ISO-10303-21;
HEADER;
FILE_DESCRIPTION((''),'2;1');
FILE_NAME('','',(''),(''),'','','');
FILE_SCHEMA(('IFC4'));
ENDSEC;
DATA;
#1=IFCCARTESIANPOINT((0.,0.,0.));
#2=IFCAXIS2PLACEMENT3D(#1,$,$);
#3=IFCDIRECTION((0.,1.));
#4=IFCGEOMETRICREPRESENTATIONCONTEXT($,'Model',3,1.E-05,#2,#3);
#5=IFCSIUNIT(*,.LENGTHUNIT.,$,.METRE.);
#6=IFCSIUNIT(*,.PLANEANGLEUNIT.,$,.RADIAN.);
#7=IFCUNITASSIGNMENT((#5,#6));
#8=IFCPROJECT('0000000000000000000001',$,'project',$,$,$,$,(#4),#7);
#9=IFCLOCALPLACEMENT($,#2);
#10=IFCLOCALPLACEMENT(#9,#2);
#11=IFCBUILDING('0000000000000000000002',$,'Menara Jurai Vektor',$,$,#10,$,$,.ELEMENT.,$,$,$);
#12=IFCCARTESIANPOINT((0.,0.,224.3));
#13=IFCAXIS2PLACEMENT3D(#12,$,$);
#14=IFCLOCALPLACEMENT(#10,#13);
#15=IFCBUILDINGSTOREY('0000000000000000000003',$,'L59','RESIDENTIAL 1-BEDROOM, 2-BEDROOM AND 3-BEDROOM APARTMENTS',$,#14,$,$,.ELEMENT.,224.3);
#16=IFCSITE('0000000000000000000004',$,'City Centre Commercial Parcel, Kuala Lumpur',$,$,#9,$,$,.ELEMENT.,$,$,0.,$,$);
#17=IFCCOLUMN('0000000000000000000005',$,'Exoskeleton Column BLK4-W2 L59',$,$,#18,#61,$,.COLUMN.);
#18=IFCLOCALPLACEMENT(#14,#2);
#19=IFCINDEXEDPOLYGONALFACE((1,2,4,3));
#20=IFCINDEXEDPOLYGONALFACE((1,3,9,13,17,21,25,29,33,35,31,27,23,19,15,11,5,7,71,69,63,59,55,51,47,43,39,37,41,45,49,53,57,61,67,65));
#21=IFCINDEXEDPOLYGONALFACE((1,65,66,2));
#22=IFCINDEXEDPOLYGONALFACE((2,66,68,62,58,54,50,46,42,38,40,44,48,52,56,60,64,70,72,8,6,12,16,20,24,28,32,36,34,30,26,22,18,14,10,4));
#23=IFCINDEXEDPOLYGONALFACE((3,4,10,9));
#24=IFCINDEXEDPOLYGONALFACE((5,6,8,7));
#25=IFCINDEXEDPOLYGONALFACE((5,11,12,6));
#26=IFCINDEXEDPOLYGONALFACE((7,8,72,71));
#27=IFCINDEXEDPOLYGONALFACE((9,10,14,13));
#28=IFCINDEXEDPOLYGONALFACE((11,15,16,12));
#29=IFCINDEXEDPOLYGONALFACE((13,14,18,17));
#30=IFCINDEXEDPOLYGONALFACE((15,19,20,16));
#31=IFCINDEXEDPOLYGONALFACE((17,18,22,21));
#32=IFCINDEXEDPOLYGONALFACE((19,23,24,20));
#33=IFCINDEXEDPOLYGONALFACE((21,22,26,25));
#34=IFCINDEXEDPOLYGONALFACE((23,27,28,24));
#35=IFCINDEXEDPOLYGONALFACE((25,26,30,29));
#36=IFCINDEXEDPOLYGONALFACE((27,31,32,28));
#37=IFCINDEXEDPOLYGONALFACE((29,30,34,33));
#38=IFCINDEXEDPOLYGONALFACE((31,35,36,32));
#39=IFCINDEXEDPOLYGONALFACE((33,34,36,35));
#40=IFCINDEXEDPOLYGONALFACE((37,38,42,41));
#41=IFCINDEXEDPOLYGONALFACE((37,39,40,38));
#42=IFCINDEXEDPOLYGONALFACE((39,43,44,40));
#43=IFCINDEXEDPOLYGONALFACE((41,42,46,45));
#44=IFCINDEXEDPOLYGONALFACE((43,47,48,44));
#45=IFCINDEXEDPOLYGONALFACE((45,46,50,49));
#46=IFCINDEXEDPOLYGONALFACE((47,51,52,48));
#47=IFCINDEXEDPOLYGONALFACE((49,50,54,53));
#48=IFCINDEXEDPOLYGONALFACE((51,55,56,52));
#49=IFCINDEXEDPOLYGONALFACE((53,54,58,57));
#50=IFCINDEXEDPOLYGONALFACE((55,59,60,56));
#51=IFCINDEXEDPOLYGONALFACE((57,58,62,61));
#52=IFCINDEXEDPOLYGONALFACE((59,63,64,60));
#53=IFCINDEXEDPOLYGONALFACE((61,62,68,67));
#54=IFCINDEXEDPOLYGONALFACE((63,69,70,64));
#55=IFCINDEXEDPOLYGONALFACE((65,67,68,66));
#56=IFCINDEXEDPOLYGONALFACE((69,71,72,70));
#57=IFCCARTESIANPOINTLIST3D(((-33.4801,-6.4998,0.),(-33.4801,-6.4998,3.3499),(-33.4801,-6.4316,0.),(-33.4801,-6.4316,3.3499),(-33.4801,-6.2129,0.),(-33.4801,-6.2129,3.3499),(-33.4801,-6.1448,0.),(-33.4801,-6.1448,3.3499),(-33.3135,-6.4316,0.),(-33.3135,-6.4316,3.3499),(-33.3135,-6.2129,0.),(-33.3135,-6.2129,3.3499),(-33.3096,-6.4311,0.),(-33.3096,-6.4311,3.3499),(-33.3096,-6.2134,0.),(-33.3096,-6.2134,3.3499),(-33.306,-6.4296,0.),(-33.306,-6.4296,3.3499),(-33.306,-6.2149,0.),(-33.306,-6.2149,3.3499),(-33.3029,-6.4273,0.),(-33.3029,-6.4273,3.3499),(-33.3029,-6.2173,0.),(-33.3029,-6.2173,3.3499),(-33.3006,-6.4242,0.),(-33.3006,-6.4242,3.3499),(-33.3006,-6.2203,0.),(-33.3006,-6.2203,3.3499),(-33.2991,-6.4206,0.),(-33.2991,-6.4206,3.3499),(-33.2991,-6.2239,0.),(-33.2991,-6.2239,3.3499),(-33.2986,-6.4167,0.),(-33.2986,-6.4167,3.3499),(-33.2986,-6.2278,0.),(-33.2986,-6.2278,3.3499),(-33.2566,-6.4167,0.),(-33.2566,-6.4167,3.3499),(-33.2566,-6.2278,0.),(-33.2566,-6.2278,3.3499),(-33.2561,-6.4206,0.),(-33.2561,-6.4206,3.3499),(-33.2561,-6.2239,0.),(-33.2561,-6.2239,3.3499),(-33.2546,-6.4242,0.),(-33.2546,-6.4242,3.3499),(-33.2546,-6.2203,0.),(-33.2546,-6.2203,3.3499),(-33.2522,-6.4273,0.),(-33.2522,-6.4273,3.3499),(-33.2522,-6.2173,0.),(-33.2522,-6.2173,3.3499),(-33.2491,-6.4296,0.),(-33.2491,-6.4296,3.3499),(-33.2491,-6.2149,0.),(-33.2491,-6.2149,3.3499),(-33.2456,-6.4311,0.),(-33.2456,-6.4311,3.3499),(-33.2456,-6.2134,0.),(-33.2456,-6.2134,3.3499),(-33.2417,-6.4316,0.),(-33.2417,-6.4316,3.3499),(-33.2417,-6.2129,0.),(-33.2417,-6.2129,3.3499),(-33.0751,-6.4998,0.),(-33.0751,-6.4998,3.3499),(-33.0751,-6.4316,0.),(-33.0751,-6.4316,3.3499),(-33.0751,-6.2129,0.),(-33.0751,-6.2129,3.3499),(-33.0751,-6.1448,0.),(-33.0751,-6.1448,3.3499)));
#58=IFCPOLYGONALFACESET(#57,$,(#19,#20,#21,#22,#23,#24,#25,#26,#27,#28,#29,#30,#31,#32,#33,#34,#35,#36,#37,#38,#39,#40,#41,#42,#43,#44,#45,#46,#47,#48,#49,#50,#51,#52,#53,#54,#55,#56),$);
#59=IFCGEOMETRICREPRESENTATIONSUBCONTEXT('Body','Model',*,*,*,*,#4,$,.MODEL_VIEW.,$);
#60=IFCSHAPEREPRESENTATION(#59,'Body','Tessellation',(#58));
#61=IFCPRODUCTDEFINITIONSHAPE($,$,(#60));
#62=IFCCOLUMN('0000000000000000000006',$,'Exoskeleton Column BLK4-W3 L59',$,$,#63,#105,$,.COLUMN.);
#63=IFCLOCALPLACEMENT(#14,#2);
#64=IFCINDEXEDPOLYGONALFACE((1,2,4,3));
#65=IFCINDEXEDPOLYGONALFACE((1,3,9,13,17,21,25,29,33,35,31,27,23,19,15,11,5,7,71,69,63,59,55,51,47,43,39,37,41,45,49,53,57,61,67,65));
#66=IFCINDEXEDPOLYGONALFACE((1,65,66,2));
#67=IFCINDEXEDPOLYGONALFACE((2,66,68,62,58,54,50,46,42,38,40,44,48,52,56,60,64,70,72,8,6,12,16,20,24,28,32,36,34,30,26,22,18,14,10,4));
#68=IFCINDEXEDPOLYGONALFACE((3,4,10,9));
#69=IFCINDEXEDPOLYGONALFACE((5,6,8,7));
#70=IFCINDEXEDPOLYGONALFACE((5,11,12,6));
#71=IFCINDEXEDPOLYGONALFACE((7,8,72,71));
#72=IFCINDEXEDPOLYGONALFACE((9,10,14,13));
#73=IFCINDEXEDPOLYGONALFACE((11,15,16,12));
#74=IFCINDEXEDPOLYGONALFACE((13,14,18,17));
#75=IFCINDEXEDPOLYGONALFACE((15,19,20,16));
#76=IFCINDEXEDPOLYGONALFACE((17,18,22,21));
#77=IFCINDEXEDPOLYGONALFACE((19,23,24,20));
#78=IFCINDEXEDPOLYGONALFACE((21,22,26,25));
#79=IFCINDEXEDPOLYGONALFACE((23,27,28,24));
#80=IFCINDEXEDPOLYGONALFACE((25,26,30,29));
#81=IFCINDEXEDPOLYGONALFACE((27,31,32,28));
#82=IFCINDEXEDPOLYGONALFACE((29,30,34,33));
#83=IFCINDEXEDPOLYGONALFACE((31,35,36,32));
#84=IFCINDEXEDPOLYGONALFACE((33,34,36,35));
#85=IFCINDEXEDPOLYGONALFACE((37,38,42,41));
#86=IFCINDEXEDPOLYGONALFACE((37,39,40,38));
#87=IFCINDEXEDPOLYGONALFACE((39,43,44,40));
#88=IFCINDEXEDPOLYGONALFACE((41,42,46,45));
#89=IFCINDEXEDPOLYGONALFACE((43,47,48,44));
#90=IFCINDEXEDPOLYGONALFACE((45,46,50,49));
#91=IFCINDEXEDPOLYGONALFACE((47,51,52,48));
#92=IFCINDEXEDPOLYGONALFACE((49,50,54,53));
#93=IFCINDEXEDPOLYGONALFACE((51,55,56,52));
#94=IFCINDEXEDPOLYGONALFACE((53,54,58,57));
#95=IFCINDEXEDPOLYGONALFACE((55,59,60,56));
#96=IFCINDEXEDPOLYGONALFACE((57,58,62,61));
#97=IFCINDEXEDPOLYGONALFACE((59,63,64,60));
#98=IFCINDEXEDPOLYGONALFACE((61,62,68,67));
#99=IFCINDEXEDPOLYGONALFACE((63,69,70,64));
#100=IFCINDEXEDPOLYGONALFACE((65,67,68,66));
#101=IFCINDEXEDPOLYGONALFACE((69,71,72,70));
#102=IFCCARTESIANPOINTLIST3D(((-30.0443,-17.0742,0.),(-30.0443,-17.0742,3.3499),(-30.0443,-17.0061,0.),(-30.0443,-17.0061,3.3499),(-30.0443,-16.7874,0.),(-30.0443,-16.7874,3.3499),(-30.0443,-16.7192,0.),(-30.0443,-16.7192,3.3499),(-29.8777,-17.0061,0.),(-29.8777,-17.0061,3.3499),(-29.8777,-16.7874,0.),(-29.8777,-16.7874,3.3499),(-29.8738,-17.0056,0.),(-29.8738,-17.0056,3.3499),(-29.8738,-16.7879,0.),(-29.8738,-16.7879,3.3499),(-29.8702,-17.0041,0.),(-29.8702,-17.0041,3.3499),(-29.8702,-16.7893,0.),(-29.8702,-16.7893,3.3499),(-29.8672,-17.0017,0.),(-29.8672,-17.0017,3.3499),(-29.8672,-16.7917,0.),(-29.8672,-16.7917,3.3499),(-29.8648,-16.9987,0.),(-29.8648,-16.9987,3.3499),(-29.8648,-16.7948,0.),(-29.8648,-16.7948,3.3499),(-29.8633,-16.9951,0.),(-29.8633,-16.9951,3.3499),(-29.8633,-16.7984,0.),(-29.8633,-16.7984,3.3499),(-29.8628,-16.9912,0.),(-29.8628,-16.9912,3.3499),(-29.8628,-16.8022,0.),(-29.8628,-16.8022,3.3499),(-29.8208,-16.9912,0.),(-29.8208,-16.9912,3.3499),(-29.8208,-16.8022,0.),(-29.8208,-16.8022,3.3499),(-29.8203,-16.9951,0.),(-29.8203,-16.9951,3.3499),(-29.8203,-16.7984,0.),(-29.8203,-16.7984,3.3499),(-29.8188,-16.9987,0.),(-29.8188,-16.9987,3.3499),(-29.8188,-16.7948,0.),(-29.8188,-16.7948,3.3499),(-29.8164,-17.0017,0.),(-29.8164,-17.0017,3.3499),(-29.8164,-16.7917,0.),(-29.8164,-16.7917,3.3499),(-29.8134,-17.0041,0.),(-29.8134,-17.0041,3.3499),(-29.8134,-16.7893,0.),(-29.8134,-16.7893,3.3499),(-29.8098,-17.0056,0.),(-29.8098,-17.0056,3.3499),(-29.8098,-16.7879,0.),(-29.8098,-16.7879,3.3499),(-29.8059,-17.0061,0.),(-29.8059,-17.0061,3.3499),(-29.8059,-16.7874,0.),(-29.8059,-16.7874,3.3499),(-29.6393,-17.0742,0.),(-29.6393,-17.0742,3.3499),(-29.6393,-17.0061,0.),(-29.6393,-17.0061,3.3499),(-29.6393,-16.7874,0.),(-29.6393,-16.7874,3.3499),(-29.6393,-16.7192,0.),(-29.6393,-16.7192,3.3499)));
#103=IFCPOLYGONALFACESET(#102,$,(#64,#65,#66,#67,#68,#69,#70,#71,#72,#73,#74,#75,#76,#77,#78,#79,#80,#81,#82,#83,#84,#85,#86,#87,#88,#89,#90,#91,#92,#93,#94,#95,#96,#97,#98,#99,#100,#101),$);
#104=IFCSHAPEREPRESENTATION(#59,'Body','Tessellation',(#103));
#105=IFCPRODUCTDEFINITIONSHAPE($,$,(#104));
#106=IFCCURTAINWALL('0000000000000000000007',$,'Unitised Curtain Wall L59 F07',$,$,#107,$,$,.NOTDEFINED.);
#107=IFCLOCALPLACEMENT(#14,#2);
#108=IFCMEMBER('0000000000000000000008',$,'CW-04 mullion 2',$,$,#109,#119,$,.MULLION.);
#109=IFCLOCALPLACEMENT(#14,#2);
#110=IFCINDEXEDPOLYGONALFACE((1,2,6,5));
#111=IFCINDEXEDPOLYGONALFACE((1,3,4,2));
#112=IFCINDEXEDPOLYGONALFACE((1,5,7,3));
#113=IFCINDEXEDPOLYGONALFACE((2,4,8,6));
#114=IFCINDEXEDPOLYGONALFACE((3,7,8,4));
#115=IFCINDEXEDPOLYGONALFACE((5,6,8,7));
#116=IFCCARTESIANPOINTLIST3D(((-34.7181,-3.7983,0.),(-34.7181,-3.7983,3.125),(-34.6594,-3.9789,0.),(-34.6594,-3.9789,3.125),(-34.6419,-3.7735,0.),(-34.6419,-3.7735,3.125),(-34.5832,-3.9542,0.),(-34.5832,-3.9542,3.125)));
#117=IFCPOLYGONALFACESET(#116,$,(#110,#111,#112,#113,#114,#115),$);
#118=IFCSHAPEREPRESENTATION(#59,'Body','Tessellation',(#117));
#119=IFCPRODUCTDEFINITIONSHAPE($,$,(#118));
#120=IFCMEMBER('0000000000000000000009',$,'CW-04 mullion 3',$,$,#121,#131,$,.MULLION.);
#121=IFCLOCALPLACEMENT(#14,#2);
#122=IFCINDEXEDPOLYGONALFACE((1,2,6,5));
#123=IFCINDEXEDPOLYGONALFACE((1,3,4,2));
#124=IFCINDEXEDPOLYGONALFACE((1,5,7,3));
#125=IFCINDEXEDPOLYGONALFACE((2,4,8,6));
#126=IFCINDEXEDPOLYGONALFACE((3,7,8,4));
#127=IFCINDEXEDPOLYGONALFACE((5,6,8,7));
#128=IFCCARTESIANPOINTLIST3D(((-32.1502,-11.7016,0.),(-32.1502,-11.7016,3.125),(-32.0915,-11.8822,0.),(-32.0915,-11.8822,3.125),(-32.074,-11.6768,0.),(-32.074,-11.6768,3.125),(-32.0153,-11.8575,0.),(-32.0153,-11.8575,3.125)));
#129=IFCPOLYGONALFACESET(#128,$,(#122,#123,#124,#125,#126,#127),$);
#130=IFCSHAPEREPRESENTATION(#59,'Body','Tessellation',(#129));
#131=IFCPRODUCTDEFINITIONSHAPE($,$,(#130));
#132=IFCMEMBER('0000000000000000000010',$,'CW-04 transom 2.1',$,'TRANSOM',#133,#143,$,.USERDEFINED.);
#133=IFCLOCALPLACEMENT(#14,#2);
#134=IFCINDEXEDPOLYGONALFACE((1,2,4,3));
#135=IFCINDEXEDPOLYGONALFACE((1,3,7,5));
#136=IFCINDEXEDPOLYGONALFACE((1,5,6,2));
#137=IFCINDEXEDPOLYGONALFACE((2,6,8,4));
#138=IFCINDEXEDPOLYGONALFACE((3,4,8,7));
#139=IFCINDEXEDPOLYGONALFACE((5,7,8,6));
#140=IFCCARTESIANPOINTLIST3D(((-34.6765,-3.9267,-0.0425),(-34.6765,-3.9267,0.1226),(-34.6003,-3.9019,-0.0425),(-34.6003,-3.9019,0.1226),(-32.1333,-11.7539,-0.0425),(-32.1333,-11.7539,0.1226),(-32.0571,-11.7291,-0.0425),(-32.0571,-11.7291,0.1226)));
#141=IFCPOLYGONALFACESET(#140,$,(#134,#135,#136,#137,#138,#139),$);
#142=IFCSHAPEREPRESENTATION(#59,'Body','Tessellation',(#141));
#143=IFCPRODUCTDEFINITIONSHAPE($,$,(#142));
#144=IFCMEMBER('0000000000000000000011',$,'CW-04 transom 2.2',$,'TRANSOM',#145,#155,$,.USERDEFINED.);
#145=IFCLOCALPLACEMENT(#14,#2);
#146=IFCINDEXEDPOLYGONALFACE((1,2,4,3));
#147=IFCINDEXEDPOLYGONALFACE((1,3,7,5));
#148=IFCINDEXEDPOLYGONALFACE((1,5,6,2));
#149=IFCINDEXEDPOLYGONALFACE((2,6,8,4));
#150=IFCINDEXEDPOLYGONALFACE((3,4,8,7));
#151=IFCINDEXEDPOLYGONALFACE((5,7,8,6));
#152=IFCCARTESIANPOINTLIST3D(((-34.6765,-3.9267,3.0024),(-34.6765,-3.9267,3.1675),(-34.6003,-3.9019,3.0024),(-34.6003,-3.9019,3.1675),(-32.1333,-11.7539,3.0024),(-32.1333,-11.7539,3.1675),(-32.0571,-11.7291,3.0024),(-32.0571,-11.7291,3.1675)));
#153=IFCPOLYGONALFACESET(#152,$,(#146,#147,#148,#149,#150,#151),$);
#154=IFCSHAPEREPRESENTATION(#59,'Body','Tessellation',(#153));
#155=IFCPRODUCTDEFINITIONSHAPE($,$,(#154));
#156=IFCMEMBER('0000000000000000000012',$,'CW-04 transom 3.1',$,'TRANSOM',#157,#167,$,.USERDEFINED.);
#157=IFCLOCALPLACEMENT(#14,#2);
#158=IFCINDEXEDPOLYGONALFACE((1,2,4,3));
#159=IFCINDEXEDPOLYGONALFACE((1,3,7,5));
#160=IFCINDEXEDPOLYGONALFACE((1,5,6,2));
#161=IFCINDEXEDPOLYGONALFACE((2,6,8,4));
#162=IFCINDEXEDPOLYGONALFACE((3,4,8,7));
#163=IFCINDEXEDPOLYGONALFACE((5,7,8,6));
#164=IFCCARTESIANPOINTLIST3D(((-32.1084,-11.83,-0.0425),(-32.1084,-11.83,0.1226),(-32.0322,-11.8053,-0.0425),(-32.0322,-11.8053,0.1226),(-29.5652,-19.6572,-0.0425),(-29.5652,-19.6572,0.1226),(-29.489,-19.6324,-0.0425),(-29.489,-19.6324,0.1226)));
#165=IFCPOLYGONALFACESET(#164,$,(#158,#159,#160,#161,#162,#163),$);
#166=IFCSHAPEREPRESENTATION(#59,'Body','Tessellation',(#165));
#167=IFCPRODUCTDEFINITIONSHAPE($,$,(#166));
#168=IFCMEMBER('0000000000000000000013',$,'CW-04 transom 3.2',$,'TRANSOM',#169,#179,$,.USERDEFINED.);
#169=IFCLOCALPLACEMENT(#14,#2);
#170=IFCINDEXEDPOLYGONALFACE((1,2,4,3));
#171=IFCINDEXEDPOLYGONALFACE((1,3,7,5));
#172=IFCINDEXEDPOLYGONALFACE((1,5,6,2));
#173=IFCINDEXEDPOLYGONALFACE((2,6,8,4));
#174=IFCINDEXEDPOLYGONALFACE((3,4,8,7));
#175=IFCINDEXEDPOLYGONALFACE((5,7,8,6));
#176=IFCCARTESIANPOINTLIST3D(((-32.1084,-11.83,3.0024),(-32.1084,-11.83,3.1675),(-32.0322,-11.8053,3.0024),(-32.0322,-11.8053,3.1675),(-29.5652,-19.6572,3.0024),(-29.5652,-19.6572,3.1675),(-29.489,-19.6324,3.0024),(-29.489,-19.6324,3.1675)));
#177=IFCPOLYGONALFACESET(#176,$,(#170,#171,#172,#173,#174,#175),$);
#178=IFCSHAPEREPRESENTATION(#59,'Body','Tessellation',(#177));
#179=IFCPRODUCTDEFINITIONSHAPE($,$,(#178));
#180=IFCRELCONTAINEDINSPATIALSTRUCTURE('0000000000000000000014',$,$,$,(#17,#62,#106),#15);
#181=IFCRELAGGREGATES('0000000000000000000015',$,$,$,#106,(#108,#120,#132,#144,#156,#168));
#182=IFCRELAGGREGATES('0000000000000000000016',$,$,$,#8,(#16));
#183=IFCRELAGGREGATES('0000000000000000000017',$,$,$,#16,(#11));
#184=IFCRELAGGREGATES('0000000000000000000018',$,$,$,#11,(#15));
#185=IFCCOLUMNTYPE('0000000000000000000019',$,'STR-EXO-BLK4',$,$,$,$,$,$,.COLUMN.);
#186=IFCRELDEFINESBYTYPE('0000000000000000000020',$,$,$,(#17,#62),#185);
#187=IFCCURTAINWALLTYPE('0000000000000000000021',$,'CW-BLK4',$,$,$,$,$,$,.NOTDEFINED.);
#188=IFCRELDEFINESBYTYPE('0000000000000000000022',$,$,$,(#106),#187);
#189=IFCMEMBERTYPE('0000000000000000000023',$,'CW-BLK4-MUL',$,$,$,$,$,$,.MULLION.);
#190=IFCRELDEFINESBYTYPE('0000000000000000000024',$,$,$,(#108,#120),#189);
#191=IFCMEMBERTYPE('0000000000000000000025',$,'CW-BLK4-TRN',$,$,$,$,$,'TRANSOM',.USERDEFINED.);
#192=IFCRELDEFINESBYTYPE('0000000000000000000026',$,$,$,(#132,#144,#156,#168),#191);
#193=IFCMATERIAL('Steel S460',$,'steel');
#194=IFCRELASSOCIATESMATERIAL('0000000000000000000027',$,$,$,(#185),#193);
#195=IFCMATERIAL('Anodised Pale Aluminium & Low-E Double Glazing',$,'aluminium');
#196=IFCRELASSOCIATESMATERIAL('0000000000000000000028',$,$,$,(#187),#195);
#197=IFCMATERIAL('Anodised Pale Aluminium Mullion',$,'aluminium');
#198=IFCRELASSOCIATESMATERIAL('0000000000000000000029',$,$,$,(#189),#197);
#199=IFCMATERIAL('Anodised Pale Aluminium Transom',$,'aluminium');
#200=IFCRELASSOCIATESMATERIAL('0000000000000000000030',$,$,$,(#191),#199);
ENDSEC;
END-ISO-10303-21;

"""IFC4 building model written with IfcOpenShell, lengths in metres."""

from ifc_helpers import new_model, si_unit, direction, frame, origin, origin_2d, place, context, subcontext, project, spatial, rectangle, i_section, extrude, material, material_profile, profile_set, type_object, element, aggregate, save


model = new_model("IFC4")

# Units and contexts
model_context = context("Model", 3, precision=1e-05, world=origin(), true_north=direction((0.0, 1.0)))
body_context = subcontext(model_context, "Body", "Model", "MODEL_VIEW")
ifc_project = project(units=[si_unit("LENGTHUNIT", "METRE"), si_unit("PLANEANGLEUNIT", "RADIAN")], contexts=[model_context])

# Site, building, storey
site_placement = place(None, origin())
site = spatial("IfcSite", under=ifc_project, at=site_placement, Name="City Centre Commercial Parcel, Kuala Lumpur", CompositionType="ELEMENT", RefElevation=0.0)
building_placement = place(site_placement, origin())
building = spatial("IfcBuilding", under=site, at=building_placement, Name="Menara Jurai Vektor", CompositionType="ELEMENT")
storey_placement = place(building_placement, frame((0.0, 0.0, 224.3)))
storey = spatial("IfcBuildingStorey", under=building, at=storey_placement, Name="L59", Description="RESIDENTIAL 1-BEDROOM, 2-BEDROOM AND 3-BEDROOM APARTMENTS", CompositionType="ELEMENT", Elevation=224.3)

# Columns
ifc_material_1 = material(Name="Steel S460", Category="steel")
ifc_material_profile_1 = material_profile(ifc_material_1, i_section(OverallWidth=0.405, OverallDepth=0.355, WebThickness=0.042, FlangeThickness=0.0681, FilletRadius=0.0149, at=origin_2d()), Name="HD 400x551")
ifc_profile_set_1 = profile_set([ifc_material_profile_1], Name="Steel S460")
column_type = type_object("IfcColumnType", Name="STR-EXO-BLK4", PredefinedType="COLUMN", material=ifc_profile_set_1)
for number, where, z_axis, x_axis, name in (
    (1, (-33.2776, -6.3223, 0.0), (0.0, 0.0, 1.0), (1.0, 0.0, 0.0), "Exoskeleton Column BLK4-W2 L59"),
    (2, (-29.8418, -16.8967, 0.0), (0.0, 0.0, 1.0), (1.0, 0.0, 0.0), "Exoskeleton Column BLK4-W3 L59"),
):
    element("IfcColumn", number, at=place(storey_placement, frame(where, z_axis=z_axis, x_axis=x_axis)), inside=storey, type_object=column_type, Name=name, PredefinedType="COLUMN", context=body_context, shape_type="SweptSolid", body=[
        extrude(i_section(OverallWidth=0.405, OverallDepth=0.355, WebThickness=0.042, FlangeThickness=0.0681, FilletRadius=0.0149, at=origin_2d()), origin(), (0.0, 0.0, 1.0), 3.3499),
    ])

# Curtain wall, members
ifc_material_2 = material(Name="Anodised Pale Aluminium & Low-E Double Glazing", Category="aluminium")
curtain_wall_type = type_object("IfcCurtainWallType", Name="CW-BLK4", PredefinedType="NOTDEFINED", material=ifc_material_2)
curtain_wall_placement = place(storey_placement, origin())
curtain_wall = element("IfcCurtainWall", 3, at=curtain_wall_placement, inside=storey, type_object=curtain_wall_type, Name="Unitised Curtain Wall L59 F07", PredefinedType="NOTDEFINED")
ifc_material_3 = material(Name="Anodised Pale Aluminium Mullion", Category="aluminium")
ifc_material_profile_2 = material_profile(ifc_material_3, rectangle(XDim=0.0801, YDim=0.1899, at=origin_2d()), Name="ALU MUL 80x190")
ifc_profile_set_2 = profile_set([ifc_material_profile_2], Name="Anodised Pale Aluminium Mullion")
member_type_1 = type_object("IfcMemberType", Name="CW-BLK4-MUL", PredefinedType="MULLION", material=ifc_profile_set_2)
member_1_placement = place(storey_placement, frame((-34.6506, -3.8762, 0.0), z_axis=(0.0, 0.0, 1.0), x_axis=(0.951057, 0.309016, 0.0)))
member_1 = element("IfcMember", 4, at=member_1_placement, type_object=member_type_1, Name="CW-04 mullion 2", PredefinedType="MULLION", context=body_context, shape_type="SweptSolid", body=[
    extrude(rectangle(XDim=0.0801, YDim=0.1899, at=origin_2d()), origin(), (0.0, 0.0, 1.0), 3.125),
])
member_2_placement = place(storey_placement, frame((-32.0828, -11.7795, 0.0), z_axis=(0.0, 0.0, 1.0), x_axis=(0.951057, 0.309016, 0.0)))
member_2 = element("IfcMember", 5, at=member_2_placement, type_object=member_type_1, Name="CW-04 mullion 3", PredefinedType="MULLION", context=body_context, shape_type="SweptSolid", body=[
    extrude(rectangle(XDim=0.0801, YDim=0.1899, at=origin_2d()), origin(), (0.0, 0.0, 1.0), 3.125),
])
ifc_material_4 = material(Name="Anodised Pale Aluminium Transom", Category="aluminium")
ifc_material_profile_3 = material_profile(ifc_material_4, rectangle(XDim=0.0801, YDim=0.165, at=origin_2d()), Name="ALU TRN 80x165")
ifc_profile_set_3 = profile_set([ifc_material_profile_3], Name="Anodised Pale Aluminium Transom")
member_type_2 = type_object("IfcMemberType", Name="CW-BLK4-TRN", ElementType="TRANSOM", PredefinedType="USERDEFINED", material=ifc_profile_set_3)
member_3_placement = place(storey_placement, frame((-34.6384, -3.9143, 0.04), z_axis=(0.309019, -0.951056, 0.0), x_axis=(0.951056, 0.309019, 0.0)))
member_3 = element("IfcMember", 6, at=member_3_placement, type_object=member_type_2, Name="CW-04 transom 2.1", ObjectType="TRANSOM", PredefinedType="USERDEFINED", context=body_context, shape_type="SweptSolid", body=[
    extrude(rectangle(XDim=0.0801, YDim=0.165, at=origin_2d()), origin(), (0.0, 0.0, 1.0), 8.23),
])
member_4_placement = place(storey_placement, frame((-34.6384, -3.9143, 3.085), z_axis=(0.309019, -0.951056, 0.0), x_axis=(0.951056, 0.309019, 0.0)))
member_4 = element("IfcMember", 7, at=member_4_placement, type_object=member_type_2, Name="CW-04 transom 2.2", ObjectType="TRANSOM", PredefinedType="USERDEFINED", context=body_context, shape_type="SweptSolid", body=[
    extrude(rectangle(XDim=0.0801, YDim=0.165, at=origin_2d()), origin(), (0.0, 0.0, 1.0), 8.23),
])
member_5_placement = place(storey_placement, frame((-32.0703, -11.8176, 0.04), z_axis=(0.309019, -0.951056, 0.0), x_axis=(0.951056, 0.309019, 0.0)))
member_5 = element("IfcMember", 8, at=member_5_placement, type_object=member_type_2, Name="CW-04 transom 3.1", ObjectType="TRANSOM", PredefinedType="USERDEFINED", context=body_context, shape_type="SweptSolid", body=[
    extrude(rectangle(XDim=0.0801, YDim=0.165, at=origin_2d()), origin(), (0.0, 0.0, 1.0), 8.23),
])
member_6_placement = place(storey_placement, frame((-32.0703, -11.8176, 3.085), z_axis=(0.309019, -0.951056, 0.0), x_axis=(0.951056, 0.309019, 0.0)))
member_6 = element("IfcMember", 9, at=member_6_placement, type_object=member_type_2, Name="CW-04 transom 3.2", ObjectType="TRANSOM", PredefinedType="USERDEFINED", context=body_context, shape_type="SweptSolid", body=[
    extrude(rectangle(XDim=0.0801, YDim=0.165, at=origin_2d()), origin(), (0.0, 0.0, 1.0), 8.23),
])

aggregate(curtain_wall, [member_1, member_2, member_3, member_4, member_5, member_6])

save(model, "model.ifc")
